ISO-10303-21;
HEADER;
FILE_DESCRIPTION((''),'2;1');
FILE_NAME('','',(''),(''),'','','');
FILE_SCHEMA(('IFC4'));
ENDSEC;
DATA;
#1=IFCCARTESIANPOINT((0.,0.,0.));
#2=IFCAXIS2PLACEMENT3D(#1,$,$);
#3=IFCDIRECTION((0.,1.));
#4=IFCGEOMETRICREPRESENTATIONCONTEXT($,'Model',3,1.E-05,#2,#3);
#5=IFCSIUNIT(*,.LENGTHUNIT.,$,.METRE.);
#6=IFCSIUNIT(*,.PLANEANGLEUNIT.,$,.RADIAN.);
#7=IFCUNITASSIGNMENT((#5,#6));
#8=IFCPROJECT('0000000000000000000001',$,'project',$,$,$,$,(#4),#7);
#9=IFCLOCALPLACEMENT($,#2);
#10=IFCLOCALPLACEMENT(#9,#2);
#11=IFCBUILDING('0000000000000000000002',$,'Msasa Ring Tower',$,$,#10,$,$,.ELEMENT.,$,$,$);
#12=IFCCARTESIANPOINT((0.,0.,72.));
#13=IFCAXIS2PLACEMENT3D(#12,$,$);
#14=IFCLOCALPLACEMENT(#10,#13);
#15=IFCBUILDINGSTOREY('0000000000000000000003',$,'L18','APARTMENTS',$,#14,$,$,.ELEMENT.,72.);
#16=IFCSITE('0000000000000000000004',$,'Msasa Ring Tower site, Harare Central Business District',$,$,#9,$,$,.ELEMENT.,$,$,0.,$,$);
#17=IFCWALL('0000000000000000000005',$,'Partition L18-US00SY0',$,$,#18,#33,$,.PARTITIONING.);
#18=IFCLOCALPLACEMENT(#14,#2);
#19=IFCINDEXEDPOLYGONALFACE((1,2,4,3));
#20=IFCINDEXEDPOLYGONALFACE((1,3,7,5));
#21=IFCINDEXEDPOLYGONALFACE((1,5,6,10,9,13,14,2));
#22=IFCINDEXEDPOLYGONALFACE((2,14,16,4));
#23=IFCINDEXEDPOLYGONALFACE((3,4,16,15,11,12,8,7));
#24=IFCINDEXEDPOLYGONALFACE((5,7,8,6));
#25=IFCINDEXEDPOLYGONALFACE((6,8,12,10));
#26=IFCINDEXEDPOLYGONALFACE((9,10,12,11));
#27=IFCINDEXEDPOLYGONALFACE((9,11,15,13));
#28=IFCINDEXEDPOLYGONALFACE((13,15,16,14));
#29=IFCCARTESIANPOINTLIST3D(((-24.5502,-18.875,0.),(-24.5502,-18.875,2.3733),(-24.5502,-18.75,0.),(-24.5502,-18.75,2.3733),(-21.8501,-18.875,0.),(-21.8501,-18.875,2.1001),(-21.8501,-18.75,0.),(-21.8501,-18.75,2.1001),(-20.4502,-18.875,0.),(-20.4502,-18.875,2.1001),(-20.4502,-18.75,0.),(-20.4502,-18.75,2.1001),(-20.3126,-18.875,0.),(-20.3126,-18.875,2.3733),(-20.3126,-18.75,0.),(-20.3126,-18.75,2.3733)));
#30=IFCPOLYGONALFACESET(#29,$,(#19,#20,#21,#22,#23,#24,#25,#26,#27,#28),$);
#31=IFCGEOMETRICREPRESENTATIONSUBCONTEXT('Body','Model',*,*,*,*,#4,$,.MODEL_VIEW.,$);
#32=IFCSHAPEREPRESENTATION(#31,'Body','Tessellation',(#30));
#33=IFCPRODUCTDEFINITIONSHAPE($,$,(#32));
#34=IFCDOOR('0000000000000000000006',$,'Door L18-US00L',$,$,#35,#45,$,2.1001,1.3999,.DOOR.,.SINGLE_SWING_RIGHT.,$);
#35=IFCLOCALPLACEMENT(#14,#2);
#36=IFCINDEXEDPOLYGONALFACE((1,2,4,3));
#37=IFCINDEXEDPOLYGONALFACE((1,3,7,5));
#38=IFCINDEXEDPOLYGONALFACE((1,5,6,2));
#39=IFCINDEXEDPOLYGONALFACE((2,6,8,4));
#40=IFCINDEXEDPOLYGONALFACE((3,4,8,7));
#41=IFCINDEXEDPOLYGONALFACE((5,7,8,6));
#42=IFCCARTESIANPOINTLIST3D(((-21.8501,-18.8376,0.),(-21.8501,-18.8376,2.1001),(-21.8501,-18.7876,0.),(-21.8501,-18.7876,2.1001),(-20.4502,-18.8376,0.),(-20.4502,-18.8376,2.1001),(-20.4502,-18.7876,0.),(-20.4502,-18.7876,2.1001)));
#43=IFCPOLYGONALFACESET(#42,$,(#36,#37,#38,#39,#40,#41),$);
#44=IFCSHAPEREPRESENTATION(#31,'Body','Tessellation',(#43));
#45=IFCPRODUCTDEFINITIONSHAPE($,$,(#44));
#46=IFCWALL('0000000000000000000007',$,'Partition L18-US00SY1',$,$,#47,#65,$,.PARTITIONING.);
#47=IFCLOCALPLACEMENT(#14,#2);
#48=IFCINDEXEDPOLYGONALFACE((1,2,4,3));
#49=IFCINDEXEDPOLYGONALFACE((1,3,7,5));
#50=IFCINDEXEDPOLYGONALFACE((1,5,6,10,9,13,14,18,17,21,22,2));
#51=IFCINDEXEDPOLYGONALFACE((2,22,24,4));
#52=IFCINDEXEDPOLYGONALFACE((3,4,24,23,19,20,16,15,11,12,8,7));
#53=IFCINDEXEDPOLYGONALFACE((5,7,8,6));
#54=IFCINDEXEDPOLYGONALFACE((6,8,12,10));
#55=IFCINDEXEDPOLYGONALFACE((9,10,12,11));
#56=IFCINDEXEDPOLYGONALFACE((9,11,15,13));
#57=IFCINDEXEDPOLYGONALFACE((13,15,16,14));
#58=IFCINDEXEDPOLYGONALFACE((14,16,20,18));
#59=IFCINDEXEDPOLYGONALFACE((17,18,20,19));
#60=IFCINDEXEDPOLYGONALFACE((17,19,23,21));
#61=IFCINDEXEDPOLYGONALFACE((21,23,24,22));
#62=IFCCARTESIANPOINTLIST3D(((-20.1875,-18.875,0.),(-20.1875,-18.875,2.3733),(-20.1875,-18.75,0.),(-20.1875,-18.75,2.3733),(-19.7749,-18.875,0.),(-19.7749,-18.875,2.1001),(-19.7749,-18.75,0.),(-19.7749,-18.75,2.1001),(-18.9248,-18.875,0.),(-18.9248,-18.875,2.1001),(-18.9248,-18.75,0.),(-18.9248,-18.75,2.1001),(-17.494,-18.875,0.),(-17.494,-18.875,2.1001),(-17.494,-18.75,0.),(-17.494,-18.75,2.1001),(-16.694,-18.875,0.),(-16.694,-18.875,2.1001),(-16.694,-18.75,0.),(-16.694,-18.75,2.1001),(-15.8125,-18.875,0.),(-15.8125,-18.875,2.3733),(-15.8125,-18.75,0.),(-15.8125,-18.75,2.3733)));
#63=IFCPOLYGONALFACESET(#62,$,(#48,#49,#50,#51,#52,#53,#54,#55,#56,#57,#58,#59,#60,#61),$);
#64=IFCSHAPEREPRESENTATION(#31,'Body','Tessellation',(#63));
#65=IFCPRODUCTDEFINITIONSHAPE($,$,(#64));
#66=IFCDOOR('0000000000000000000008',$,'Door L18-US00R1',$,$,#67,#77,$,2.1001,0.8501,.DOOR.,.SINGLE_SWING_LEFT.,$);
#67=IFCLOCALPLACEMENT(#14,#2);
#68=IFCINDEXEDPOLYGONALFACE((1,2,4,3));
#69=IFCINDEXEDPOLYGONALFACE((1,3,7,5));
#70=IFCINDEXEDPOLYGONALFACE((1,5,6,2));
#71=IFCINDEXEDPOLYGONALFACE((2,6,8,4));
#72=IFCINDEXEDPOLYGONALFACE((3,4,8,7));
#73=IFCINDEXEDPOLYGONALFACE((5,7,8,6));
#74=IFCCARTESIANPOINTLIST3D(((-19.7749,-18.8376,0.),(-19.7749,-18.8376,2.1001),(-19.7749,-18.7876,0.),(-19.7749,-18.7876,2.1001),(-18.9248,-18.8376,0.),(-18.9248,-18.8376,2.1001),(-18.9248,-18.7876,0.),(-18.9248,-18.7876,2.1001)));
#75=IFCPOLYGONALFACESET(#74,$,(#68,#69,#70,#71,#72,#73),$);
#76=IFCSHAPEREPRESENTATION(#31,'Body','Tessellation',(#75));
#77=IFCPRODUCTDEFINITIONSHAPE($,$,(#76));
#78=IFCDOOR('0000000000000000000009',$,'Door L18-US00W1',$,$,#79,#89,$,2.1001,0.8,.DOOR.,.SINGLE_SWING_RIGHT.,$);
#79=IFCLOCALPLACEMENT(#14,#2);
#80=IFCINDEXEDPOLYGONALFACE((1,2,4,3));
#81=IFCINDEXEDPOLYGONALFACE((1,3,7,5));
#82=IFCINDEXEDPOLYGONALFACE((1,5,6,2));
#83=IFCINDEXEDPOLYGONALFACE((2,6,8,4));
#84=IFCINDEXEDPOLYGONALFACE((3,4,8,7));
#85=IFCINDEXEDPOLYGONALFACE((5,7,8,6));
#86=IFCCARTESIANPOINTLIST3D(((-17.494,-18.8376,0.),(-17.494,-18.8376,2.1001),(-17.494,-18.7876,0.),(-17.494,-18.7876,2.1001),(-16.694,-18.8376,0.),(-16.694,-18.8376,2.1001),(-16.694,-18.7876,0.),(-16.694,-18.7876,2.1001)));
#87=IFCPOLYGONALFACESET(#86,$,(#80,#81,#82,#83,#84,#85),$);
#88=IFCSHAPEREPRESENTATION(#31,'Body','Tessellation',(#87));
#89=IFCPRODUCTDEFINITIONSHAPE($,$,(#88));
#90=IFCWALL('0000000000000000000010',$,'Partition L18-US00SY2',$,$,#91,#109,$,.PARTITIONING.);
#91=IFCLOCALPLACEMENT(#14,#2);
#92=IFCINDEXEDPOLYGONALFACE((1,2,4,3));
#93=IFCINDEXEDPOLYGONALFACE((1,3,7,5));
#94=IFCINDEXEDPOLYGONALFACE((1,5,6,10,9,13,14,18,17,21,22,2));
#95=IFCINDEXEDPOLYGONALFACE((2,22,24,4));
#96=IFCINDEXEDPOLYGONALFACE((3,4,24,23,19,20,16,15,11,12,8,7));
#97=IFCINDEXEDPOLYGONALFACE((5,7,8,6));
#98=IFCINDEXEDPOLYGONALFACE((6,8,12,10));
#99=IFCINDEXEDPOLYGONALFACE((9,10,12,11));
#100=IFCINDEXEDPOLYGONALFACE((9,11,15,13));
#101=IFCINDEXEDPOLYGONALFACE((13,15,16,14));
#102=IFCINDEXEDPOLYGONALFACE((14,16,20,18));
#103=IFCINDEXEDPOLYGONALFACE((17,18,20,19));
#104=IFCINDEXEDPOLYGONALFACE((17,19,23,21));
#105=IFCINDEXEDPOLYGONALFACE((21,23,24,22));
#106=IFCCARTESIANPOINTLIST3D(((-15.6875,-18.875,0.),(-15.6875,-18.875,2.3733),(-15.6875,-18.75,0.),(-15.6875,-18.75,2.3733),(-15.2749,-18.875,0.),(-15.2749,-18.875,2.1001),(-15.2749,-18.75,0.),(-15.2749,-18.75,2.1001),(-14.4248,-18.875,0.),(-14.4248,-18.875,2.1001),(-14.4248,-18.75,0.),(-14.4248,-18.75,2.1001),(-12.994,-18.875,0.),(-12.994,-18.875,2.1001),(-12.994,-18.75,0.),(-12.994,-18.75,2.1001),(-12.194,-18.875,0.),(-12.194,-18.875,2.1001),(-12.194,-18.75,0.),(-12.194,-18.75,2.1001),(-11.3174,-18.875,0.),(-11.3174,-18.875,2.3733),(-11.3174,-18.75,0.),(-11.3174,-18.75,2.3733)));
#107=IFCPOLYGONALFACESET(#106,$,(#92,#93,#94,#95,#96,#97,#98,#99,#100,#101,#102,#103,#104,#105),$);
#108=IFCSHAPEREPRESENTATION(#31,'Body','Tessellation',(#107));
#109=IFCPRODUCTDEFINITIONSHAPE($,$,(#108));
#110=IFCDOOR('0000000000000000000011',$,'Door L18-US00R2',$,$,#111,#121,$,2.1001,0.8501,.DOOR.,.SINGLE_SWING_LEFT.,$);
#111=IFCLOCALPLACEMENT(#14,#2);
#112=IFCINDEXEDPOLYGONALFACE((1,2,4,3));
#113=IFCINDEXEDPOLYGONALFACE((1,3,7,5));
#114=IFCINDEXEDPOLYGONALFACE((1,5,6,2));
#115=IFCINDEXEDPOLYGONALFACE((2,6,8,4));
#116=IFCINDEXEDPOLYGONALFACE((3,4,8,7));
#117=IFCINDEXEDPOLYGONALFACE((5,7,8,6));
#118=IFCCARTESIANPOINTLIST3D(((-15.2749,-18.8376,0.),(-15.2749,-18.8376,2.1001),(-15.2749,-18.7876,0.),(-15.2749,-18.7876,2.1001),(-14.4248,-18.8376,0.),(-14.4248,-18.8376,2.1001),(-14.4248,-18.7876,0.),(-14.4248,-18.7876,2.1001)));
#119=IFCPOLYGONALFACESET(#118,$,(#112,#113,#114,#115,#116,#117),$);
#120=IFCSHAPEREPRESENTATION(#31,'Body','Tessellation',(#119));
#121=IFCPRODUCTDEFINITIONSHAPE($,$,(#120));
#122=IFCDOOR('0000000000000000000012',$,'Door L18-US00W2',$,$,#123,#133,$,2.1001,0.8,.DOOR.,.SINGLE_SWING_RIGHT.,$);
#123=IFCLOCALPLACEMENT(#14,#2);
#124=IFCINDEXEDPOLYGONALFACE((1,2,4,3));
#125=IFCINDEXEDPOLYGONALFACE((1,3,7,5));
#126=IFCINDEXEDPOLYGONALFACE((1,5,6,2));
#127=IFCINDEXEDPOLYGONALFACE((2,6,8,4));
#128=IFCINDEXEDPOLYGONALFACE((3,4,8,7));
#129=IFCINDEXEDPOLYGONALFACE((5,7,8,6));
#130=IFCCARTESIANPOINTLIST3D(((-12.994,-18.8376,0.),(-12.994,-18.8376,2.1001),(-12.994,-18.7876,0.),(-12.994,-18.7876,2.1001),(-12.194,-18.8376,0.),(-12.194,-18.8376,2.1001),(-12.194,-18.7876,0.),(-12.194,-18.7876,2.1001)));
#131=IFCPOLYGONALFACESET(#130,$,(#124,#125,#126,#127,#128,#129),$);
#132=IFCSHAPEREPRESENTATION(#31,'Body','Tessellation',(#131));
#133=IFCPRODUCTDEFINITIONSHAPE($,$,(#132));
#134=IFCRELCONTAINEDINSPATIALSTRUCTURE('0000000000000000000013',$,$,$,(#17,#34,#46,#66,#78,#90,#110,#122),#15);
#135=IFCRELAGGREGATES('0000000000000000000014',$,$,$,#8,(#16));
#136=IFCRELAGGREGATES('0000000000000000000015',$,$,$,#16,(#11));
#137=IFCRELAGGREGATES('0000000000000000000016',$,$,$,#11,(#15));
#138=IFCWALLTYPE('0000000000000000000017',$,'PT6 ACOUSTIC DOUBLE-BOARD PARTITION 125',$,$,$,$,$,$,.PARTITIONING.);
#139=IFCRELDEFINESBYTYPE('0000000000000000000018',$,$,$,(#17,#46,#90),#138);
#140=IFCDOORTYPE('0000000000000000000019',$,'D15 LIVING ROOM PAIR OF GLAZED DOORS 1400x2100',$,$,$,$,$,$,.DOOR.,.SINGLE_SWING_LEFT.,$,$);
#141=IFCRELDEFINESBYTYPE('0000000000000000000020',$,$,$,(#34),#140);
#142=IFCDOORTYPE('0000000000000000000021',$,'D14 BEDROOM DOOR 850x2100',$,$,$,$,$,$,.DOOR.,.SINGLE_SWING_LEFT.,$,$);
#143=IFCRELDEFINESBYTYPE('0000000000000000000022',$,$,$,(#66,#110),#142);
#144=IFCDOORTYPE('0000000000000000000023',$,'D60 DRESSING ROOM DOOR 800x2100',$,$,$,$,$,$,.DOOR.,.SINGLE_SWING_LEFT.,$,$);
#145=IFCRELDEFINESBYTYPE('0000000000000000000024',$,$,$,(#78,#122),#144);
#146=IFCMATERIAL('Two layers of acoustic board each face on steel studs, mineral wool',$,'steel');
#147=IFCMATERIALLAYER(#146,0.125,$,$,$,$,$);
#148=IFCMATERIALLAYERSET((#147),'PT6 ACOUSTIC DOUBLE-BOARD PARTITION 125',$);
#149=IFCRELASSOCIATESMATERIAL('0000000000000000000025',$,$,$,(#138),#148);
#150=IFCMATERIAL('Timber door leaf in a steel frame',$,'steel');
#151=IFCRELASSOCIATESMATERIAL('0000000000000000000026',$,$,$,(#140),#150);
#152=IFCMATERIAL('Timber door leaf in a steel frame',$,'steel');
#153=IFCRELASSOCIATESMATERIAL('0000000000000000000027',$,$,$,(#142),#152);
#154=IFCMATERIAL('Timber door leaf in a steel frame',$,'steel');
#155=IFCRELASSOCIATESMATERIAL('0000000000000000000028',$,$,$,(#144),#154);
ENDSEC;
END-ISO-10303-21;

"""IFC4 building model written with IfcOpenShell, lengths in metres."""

from ifc_helpers import new_model, si_unit, direction, frame, frame_2d, origin, place, context, subcontext, project, spatial, rectangle, extrude, material, layer, layer_set, type_object, element, fill, save


model = new_model("IFC4")

# Units and contexts
model_context = context("Model", 3, precision=1e-05, world=origin(), true_north=direction((0.0, 1.0)))
body_context = subcontext(model_context, "Body", "Model", "MODEL_VIEW")
ifc_project = project(units=[si_unit("LENGTHUNIT", "METRE"), si_unit("PLANEANGLEUNIT", "RADIAN")], contexts=[model_context])

# Site, building, storey
site_placement = place(None, origin())
site = spatial("IfcSite", under=ifc_project, at=site_placement, Name="Msasa Ring Tower site, Harare Central Business District", CompositionType="ELEMENT", RefElevation=0.0)
building_placement = place(site_placement, origin())
building = spatial("IfcBuilding", under=site, at=building_placement, Name="Msasa Ring Tower", CompositionType="ELEMENT")
storey_placement = place(building_placement, frame((0.0, 0.0, 72.0)))
storey = spatial("IfcBuildingStorey", under=building, at=storey_placement, Name="L18", Description="APARTMENTS", CompositionType="ELEMENT", Elevation=72.0)

# Shared definitions
ifc_material_1 = material(Name="Two layers of acoustic board each face on steel studs, mineral wool", Category="steel")
ifc_layer_1 = layer(ifc_material_1, 0.125)
ifc_layer_set_1 = layer_set([ifc_layer_1], Name="PT6 ACOUSTIC DOUBLE-BOARD PARTITION 125")
wall_type_1 = type_object("IfcWallType", Name="PT6 ACOUSTIC DOUBLE-BOARD PARTITION 125", PredefinedType="PARTITIONING", material=ifc_layer_set_1)

# Wall, opening, door
wall_1_placement = place(storey_placement, frame((-24.55, -18.8125, 0.0), z_axis=(0.0, 0.0, 1.0), x_axis=(1.0, 0.0, 0.0)))
wall_1 = element("IfcWall", 1, at=wall_1_placement, inside=storey, type_object=wall_type_1, Name="Partition L18-US00SY0", PredefinedType="PARTITIONING", context=body_context, shape_type="SweptSolid", body=[
    extrude(rectangle(XDim=4.2375, YDim=0.125, at=frame_2d((2.1187, 0.0))), origin(), (0.0, 0.0, 1.0), 2.3733),
])
opening_1_placement = place(wall_1_placement, frame((2.7, 0.0, 0.0)))
opening_1 = element("IfcOpeningElement", 2, at=opening_1_placement, cuts=wall_1, PredefinedType="OPENING", context=body_context, shape_type="SweptSolid", body=[
    extrude(rectangle(XDim=1.3999, YDim=2.1001, at=frame_2d((0.7, 1.05))), frame((0.0, 0.0725, 0.0), z_axis=(0.0, -1.0, 0.0), x_axis=(1.0, 0.0, 0.0)), (0.0, 0.0, 1.0), 0.145),
])
ifc_material_2 = material(Name="Timber door leaf in a steel frame", Category="steel")
door_type_1 = type_object("IfcDoorType", Name="D15 LIVING ROOM PAIR OF GLAZED DOORS 1400x2100", OperationType="SINGLE_SWING_LEFT", PredefinedType="DOOR", material=ifc_material_2)
door_1_placement = place(opening_1_placement, origin())
door_1 = element("IfcDoor", 3, at=door_1_placement, inside=storey, type_object=door_type_1, Name="Door L18-US00L", OperationType="SINGLE_SWING_RIGHT", OverallHeight=2.1001, OverallWidth=1.3999, PredefinedType="DOOR", context=body_context, shape_type="SweptSolid", body=[
    extrude(rectangle(XDim=1.3999, YDim=2.1001, at=frame_2d((0.7, 1.05))), frame((0.0, 0.0249, 0.0), z_axis=(0.0, -1.0, 0.0), x_axis=(1.0, 0.0, 0.0)), (0.0, 0.0, 1.0), 0.05),
])
fill(opening_1, door_1)

# Walls, openings, doors
wall_2_placement = place(storey_placement, frame((-20.1875, -18.8125, 0.0), z_axis=(0.0, 0.0, 1.0), x_axis=(1.0, 0.0, 0.0)))
wall_2 = element("IfcWall", 4, at=wall_2_placement, inside=storey, type_object=wall_type_1, Name="Partition L18-US00SY1", PredefinedType="PARTITIONING", context=body_context, shape_type="SweptSolid", body=[
    extrude(rectangle(XDim=4.375, YDim=0.125, at=frame_2d((2.1875, 0.0))), origin(), (0.0, 0.0, 1.0), 2.3733),
])
opening_2_placement = place(wall_2_placement, frame((0.4126, 0.0, 0.0)))
opening_2 = element("IfcOpeningElement", 5, at=opening_2_placement, cuts=wall_2, PredefinedType="OPENING", context=body_context, shape_type="SweptSolid", body=[
    extrude(rectangle(XDim=0.8501, YDim=2.1001, at=frame_2d((0.425, 1.05))), frame((0.0, 0.0725, 0.0), z_axis=(0.0, -1.0, 0.0), x_axis=(1.0, 0.0, 0.0)), (0.0, 0.0, 1.0), 0.145),
])
opening_3_placement = place(wall_2_placement, frame((2.6936, 0.0, 0.0)))
opening_3 = element("IfcOpeningElement", 6, at=opening_3_placement, cuts=wall_2, PredefinedType="OPENING", context=body_context, shape_type="SweptSolid", body=[
    extrude(rectangle(XDim=0.8, YDim=2.1001, at=frame_2d((0.3999, 1.05))), frame((0.0, 0.0725, 0.0), z_axis=(0.0, -1.0, 0.0), x_axis=(1.0, 0.0, 0.0)), (0.0, 0.0, 1.0), 0.145),
])
ifc_material_3 = material(Name="Timber door leaf in a steel frame", Category="steel")
door_type_2 = type_object("IfcDoorType", Name="D14 BEDROOM DOOR 850x2100", OperationType="SINGLE_SWING_LEFT", PredefinedType="DOOR", material=ifc_material_3)
door_2_placement = place(opening_2_placement, origin())
door_2 = element("IfcDoor", 7, at=door_2_placement, inside=storey, type_object=door_type_2, Name="Door L18-US00R1", OperationType="SINGLE_SWING_LEFT", OverallHeight=2.1001, OverallWidth=0.8501, PredefinedType="DOOR", context=body_context, shape_type="SweptSolid", body=[
    extrude(rectangle(XDim=0.8501, YDim=2.1001, at=frame_2d((0.425, 1.05))), frame((0.0, 0.0249, 0.0), z_axis=(0.0, -1.0, 0.0), x_axis=(1.0, 0.0, 0.0)), (0.0, 0.0, 1.0), 0.05),
])
fill(opening_2, door_2)
ifc_material_4 = material(Name="Timber door leaf in a steel frame", Category="steel")
door_type_3 = type_object("IfcDoorType", Name="D60 DRESSING ROOM DOOR 800x2100", OperationType="SINGLE_SWING_LEFT", PredefinedType="DOOR", material=ifc_material_4)
door_3_placement = place(opening_3_placement, origin())
door_3 = element("IfcDoor", 8, at=door_3_placement, inside=storey, type_object=door_type_3, Name="Door L18-US00W1", OperationType="SINGLE_SWING_RIGHT", OverallHeight=2.1001, OverallWidth=0.8, PredefinedType="DOOR", context=body_context, shape_type="SweptSolid", body=[
    extrude(rectangle(XDim=0.8, YDim=2.1001, at=frame_2d((0.3999, 1.05))), frame((0.0, 0.0249, 0.0), z_axis=(0.0, -1.0, 0.0), x_axis=(1.0, 0.0, 0.0)), (0.0, 0.0, 1.0), 0.05),
])
fill(opening_3, door_3)
wall_3_placement = place(storey_placement, frame((-15.6875, -18.8125, 0.0), z_axis=(0.0, 0.0, 1.0), x_axis=(1.0, 0.0, 0.0)))
wall_3 = element("IfcWall", 9, at=wall_3_placement, inside=storey, type_object=wall_type_1, Name="Partition L18-US00SY2", PredefinedType="PARTITIONING", context=body_context, shape_type="SweptSolid", body=[
    extrude(rectangle(XDim=4.3701, YDim=0.125, at=frame_2d((2.1851, 0.0))), origin(), (0.0, 0.0, 1.0), 2.3733),
])
opening_4_placement = place(wall_3_placement, frame((0.4126, 0.0, 0.0)))
opening_4 = element("IfcOpeningElement", 10, at=opening_4_placement, cuts=wall_3, PredefinedType="OPENING", context=body_context, shape_type="SweptSolid", body=[
    extrude(rectangle(XDim=0.8501, YDim=2.1001, at=frame_2d((0.425, 1.05))), frame((0.0, 0.0725, 0.0), z_axis=(0.0, -1.0, 0.0), x_axis=(1.0, 0.0, 0.0)), (0.0, 0.0, 1.0), 0.145),
])
opening_5_placement = place(wall_3_placement, frame((2.6936, 0.0, 0.0)))
opening_5 = element("IfcOpeningElement", 11, at=opening_5_placement, cuts=wall_3, PredefinedType="OPENING", context=body_context, shape_type="SweptSolid", body=[
    extrude(rectangle(XDim=0.8, YDim=2.1001, at=frame_2d((0.3999, 1.05))), frame((0.0, 0.0725, 0.0), z_axis=(0.0, -1.0, 0.0), x_axis=(1.0, 0.0, 0.0)), (0.0, 0.0, 1.0), 0.145),
])
door_4_placement = place(opening_4_placement, origin())
door_4 = element("IfcDoor", 12, at=door_4_placement, inside=storey, type_object=door_type_2, Name="Door L18-US00R2", OperationType="SINGLE_SWING_LEFT", OverallHeight=2.1001, OverallWidth=0.8501, PredefinedType="DOOR", context=body_context, shape_type="SweptSolid", body=[
    extrude(rectangle(XDim=0.8501, YDim=2.1001, at=frame_2d((0.425, 1.05))), frame((0.0, 0.0249, 0.0), z_axis=(0.0, -1.0, 0.0), x_axis=(1.0, 0.0, 0.0)), (0.0, 0.0, 1.0), 0.05),
])
fill(opening_4, door_4)
door_5_placement = place(opening_5_placement, origin())
door_5 = element("IfcDoor", 13, at=door_5_placement, inside=storey, type_object=door_type_3, Name="Door L18-US00W2", OperationType="SINGLE_SWING_RIGHT", OverallHeight=2.1001, OverallWidth=0.8, PredefinedType="DOOR", context=body_context, shape_type="SweptSolid", body=[
    extrude(rectangle(XDim=0.8, YDim=2.1001, at=frame_2d((0.3999, 1.05))), frame((0.0, 0.0249, 0.0), z_axis=(0.0, -1.0, 0.0), x_axis=(1.0, 0.0, 0.0)), (0.0, 0.0, 1.0), 0.05),
])
fill(opening_5, door_5)

save(model, "model.ifc")
